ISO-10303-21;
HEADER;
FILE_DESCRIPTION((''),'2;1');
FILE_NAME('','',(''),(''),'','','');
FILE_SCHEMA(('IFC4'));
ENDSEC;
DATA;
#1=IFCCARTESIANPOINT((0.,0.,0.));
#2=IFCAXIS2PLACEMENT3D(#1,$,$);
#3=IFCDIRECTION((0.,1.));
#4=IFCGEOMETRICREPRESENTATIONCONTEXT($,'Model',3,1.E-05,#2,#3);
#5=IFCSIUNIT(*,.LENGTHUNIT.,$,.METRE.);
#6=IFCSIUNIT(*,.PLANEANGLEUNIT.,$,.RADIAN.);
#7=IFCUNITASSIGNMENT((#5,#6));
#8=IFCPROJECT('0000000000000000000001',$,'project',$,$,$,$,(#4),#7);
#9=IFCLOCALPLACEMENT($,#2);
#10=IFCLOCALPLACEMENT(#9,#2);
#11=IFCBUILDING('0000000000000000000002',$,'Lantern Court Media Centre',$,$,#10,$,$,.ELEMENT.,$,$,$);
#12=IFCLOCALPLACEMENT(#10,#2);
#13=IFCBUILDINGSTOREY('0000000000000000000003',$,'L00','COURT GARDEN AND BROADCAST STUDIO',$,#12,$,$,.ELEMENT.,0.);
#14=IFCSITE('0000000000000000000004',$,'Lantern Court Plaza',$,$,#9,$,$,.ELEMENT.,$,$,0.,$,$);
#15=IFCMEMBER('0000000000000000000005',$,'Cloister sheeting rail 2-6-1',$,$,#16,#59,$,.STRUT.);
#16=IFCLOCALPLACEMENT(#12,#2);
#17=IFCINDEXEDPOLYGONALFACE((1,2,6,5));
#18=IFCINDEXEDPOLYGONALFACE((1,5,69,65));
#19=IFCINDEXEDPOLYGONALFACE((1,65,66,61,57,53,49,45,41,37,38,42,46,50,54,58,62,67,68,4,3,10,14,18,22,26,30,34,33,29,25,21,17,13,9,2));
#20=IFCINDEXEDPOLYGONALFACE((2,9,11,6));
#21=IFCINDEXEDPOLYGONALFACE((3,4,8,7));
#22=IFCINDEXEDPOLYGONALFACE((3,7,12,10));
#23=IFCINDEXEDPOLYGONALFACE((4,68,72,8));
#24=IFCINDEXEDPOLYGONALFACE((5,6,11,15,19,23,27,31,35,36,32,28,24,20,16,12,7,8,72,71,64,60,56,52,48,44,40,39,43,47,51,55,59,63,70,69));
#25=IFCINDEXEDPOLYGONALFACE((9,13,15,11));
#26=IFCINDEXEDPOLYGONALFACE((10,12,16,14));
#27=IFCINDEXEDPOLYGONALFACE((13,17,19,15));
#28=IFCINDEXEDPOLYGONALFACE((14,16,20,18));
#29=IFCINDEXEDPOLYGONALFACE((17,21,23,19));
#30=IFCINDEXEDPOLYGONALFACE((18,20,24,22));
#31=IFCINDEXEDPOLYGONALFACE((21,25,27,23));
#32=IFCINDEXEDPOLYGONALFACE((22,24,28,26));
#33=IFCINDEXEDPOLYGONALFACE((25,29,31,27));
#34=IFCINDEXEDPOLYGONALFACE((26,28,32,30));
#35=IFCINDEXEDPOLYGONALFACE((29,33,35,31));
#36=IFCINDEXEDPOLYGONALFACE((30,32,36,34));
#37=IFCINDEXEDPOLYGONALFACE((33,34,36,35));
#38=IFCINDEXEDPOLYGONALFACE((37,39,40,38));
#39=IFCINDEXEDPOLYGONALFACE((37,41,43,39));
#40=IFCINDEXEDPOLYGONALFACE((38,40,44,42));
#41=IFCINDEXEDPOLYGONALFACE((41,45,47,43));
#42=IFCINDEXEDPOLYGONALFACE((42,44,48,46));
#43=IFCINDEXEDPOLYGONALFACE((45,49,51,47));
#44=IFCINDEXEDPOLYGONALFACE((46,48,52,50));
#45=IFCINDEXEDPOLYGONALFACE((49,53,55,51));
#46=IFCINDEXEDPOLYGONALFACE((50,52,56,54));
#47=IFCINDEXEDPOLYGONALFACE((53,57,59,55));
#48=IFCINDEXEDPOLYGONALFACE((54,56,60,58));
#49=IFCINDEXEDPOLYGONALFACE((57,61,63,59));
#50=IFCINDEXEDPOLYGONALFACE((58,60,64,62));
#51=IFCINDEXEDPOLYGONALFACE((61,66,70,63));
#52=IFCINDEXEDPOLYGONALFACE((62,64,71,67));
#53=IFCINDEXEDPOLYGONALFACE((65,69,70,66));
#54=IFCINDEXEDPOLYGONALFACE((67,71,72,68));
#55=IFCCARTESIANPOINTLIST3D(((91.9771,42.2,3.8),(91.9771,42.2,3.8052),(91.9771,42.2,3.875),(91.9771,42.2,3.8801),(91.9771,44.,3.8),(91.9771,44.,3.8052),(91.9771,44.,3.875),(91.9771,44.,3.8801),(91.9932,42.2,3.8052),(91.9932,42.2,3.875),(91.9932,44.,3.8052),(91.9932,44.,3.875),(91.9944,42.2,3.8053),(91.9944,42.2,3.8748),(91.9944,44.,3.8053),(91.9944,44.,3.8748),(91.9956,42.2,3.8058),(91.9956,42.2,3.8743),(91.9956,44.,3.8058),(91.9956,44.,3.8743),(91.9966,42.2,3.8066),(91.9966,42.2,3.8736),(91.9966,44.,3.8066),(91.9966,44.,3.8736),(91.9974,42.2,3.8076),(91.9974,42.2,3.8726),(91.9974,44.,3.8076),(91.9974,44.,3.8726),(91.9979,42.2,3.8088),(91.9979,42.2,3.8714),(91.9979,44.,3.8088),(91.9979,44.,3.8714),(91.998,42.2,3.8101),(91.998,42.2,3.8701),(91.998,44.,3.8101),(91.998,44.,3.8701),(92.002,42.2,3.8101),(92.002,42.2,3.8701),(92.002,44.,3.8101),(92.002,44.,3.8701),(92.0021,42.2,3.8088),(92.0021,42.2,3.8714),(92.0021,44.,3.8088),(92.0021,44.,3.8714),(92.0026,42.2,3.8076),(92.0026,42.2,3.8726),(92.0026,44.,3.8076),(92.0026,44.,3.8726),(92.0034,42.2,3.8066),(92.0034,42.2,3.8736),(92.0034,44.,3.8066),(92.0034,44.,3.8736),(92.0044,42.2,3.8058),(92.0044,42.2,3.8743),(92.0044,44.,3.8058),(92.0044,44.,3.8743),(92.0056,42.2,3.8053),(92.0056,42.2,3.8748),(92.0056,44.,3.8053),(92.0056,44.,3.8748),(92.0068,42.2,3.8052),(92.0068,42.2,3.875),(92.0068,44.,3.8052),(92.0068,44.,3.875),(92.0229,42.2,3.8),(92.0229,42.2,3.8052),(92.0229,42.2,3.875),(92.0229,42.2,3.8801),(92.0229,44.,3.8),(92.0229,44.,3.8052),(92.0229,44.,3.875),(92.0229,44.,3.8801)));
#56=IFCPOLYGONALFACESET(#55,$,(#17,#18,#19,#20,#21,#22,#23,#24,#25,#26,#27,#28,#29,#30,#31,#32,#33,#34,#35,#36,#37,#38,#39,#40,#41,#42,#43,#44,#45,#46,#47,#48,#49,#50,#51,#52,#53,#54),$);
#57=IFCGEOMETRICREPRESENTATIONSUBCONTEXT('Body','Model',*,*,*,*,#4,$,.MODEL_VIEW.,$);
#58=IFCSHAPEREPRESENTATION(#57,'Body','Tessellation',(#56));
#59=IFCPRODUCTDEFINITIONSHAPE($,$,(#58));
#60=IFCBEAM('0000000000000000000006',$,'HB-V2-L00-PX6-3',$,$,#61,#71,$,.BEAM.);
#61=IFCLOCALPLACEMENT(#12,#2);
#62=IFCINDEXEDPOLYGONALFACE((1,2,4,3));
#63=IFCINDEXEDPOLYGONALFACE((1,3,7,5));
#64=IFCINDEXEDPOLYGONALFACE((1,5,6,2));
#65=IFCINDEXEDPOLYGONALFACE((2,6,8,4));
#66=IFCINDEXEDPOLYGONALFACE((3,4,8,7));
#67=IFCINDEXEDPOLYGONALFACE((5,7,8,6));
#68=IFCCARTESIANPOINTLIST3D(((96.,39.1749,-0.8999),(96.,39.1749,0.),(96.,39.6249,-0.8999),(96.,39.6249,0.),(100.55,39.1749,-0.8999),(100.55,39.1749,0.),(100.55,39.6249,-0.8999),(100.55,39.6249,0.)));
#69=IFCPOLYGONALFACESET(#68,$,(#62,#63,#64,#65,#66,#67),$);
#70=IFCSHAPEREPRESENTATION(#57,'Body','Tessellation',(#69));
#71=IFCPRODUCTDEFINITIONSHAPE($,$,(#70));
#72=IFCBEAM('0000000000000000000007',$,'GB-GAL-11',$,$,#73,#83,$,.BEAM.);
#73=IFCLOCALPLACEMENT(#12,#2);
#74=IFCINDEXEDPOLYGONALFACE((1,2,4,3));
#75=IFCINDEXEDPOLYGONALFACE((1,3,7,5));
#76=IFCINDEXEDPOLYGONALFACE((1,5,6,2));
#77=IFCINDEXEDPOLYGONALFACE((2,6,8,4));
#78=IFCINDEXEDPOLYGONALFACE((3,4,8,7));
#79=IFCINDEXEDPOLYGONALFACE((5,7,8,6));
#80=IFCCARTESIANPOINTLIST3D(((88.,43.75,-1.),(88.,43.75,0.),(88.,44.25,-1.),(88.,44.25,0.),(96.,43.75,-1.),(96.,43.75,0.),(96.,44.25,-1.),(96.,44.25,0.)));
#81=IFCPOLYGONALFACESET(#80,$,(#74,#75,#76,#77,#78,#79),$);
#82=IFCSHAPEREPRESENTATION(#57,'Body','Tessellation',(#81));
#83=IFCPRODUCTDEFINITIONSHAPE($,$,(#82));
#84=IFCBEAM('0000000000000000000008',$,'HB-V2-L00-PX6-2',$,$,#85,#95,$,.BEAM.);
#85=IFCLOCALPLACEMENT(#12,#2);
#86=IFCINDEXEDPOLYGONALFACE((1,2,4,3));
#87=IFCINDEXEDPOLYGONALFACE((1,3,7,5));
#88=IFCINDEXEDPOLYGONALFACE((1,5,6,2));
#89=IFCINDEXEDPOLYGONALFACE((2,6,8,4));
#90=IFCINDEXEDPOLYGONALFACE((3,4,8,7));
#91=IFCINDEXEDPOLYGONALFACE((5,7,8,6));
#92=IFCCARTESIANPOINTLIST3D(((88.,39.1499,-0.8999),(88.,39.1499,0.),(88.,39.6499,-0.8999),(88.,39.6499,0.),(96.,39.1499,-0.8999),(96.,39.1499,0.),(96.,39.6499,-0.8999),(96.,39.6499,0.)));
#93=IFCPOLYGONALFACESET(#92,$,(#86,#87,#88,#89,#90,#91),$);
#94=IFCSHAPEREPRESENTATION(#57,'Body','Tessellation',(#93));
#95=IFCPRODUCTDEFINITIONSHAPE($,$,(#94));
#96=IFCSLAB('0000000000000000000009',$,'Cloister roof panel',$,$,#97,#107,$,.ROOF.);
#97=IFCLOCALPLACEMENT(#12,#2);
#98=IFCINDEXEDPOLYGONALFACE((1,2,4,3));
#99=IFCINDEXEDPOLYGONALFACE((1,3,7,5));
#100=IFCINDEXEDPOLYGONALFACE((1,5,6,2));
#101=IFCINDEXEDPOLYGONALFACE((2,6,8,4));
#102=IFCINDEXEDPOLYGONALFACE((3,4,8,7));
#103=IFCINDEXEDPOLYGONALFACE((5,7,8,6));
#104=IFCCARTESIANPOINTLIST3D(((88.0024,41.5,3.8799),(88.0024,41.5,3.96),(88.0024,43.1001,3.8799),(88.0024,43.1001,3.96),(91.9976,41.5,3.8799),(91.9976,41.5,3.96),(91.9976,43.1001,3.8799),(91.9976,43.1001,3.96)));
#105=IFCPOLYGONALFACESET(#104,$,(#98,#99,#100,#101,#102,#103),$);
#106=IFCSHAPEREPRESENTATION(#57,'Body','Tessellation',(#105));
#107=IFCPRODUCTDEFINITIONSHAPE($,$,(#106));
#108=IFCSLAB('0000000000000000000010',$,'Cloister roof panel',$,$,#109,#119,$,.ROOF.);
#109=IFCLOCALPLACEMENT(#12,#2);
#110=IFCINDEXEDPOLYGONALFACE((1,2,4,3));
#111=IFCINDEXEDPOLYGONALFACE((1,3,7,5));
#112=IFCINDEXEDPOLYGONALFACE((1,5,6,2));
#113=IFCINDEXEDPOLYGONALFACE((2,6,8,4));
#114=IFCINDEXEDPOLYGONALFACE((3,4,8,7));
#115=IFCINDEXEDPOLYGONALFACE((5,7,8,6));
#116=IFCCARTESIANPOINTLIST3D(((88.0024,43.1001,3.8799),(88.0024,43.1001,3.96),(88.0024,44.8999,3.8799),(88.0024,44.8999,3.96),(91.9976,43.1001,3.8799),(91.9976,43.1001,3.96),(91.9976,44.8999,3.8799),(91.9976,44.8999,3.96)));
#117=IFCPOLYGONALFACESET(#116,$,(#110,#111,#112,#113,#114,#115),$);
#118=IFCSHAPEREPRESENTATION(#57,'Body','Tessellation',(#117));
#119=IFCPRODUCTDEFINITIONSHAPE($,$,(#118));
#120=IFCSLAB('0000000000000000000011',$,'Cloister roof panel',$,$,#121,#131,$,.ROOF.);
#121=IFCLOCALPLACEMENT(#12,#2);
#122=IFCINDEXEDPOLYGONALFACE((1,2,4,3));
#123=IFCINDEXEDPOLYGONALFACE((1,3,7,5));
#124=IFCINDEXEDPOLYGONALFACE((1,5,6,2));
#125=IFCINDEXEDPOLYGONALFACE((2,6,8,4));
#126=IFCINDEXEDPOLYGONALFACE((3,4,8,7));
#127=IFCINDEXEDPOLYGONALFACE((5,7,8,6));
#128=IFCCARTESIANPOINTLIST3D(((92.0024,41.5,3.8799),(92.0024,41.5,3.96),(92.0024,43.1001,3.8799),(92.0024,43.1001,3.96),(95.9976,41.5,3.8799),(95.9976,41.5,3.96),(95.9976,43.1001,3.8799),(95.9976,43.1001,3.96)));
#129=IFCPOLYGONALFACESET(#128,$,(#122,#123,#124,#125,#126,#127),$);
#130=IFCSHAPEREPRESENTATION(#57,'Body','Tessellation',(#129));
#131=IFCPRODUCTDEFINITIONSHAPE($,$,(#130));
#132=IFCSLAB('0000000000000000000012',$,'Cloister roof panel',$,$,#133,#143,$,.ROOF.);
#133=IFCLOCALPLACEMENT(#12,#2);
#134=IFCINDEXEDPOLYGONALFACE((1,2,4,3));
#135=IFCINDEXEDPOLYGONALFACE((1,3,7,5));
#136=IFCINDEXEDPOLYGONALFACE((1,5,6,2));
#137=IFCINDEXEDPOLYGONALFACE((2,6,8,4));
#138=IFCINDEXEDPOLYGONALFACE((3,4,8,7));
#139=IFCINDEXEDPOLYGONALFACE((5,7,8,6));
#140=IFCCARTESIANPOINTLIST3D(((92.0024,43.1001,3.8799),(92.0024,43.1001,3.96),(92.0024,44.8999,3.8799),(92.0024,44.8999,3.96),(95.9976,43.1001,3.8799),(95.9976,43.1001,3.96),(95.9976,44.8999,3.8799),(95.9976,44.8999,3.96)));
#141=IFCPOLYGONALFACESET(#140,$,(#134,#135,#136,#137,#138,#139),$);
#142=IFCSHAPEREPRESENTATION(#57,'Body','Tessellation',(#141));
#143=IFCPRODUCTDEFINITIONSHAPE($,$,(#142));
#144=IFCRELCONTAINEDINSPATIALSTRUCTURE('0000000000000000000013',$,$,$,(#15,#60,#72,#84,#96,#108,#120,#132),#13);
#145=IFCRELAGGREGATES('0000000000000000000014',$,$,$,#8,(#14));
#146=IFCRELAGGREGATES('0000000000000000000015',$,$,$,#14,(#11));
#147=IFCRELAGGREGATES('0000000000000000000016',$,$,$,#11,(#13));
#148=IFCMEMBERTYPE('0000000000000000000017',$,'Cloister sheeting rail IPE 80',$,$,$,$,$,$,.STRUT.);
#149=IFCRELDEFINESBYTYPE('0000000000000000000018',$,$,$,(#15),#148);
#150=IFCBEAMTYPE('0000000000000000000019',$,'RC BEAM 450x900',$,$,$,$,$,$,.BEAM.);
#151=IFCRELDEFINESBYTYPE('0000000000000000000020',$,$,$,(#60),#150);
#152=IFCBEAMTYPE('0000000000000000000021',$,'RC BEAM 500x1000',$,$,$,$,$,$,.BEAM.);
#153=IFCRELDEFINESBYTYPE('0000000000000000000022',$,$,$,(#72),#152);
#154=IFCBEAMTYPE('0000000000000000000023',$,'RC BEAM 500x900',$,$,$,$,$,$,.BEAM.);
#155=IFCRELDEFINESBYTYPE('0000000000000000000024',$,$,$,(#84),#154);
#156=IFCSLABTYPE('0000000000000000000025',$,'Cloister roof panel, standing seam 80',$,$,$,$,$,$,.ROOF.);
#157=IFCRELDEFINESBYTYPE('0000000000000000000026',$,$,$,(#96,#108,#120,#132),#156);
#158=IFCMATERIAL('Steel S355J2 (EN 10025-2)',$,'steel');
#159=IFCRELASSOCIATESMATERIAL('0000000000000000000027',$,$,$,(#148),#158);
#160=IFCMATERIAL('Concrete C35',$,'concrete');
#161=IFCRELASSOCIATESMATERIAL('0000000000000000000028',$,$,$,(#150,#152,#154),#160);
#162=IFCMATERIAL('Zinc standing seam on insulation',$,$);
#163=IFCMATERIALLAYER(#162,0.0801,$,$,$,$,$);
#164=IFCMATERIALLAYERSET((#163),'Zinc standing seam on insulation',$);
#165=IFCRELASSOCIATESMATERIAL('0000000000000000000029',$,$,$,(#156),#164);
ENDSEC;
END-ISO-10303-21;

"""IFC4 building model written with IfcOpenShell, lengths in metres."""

from ifc_helpers import new_model, si_unit, direction, frame, origin, origin_2d, place, context, subcontext, project, spatial, polyline, rectangle, i_section, outline, extrude, material, layer, layer_set, material_profile, profile_set, type_object, element, save


model = new_model("IFC4")

# Units and contexts
model_context = context("Model", 3, precision=1e-05, world=origin(), true_north=direction((0.0, 1.0)))
body_context = subcontext(model_context, "Body", "Model", "MODEL_VIEW")
ifc_project = project(units=[si_unit("LENGTHUNIT", "METRE"), si_unit("PLANEANGLEUNIT", "RADIAN")], contexts=[model_context])

# Site, building, storey
site_placement = place(None, origin())
site = spatial("IfcSite", under=ifc_project, at=site_placement, Name="Lantern Court Plaza", CompositionType="ELEMENT", RefElevation=0.0)
building_placement = place(site_placement, origin())
building = spatial("IfcBuilding", under=site, at=building_placement, Name="Lantern Court Media Centre", CompositionType="ELEMENT")
storey_placement = place(building_placement, origin())
storey = spatial("IfcBuildingStorey", under=building, at=storey_placement, Name="L00", Description="COURT GARDEN AND BROADCAST STUDIO", CompositionType="ELEMENT", Elevation=0.0)

# Shared definitions
ifc_material_1 = material(Name="Steel S355J2 (EN 10025-2)", Category="steel")

# Member
ifc_material_profile_1 = material_profile(ifc_material_1, i_section(OverallWidth=0.0459, OverallDepth=0.0801, WebThickness=0.0039, FlangeThickness=0.0051, FilletRadius=0.0049, at=origin_2d()), Name="IPE 80")
ifc_profile_set_1 = profile_set([ifc_material_profile_1], Name="Steel S355J2 (EN 10025-2)")
member_type_1 = type_object("IfcMemberType", Name="Cloister sheeting rail IPE 80", PredefinedType="STRUT", material=ifc_profile_set_1)
for number, where, z_axis, x_axis, name in (
    (1, (92.0, 42.2, 3.8401), (0.0, 1.0, 0.0), (-1.0, 0.0, 0.0), "Cloister sheeting rail 2-6-1"),
):
    element("IfcMember", number, at=place(storey_placement, frame(where, z_axis=z_axis, x_axis=x_axis)), inside=storey, type_object=member_type_1, Name=name, PredefinedType="STRUT", context=body_context, shape_type="SweptSolid", body=[
        extrude(i_section(OverallWidth=0.0459, OverallDepth=0.0801, WebThickness=0.0039, FlangeThickness=0.0051, FilletRadius=0.0049, at=origin_2d()), origin(), (0.0, 0.0, 1.0), 1.8),
    ])

# Beams
ifc_material_2 = material(Name="Concrete C35", Category="concrete")
ifc_material_profile_2 = material_profile(ifc_material_2, rectangle(XDim=0.45, YDim=0.8999, at=origin_2d()), Name="RC 450x900")
ifc_profile_set_2 = profile_set([ifc_material_profile_2], Name="Concrete C35")
beam_type_1 = type_object("IfcBeamType", Name="RC BEAM 450x900", PredefinedType="BEAM", material=ifc_profile_set_2)
beam_1_placement = place(storey_placement, frame((96.0, 39.3999, -0.45), z_axis=(1.0, 0.0, 0.0), x_axis=(0.0, 1.0, 0.0)))
element("IfcBeam", 2, at=beam_1_placement, inside=storey, type_object=beam_type_1, Name="HB-V2-L00-PX6-3", PredefinedType="BEAM", context=body_context, shape_type="SweptSolid", body=[
    extrude(rectangle(XDim=0.45, YDim=0.8999, at=origin_2d()), origin(), (0.0, 0.0, 1.0), 4.55),
])
ifc_material_profile_3 = material_profile(ifc_material_2, rectangle(XDim=0.5, YDim=1.0, at=origin_2d()), Name="RC 500x1000")
ifc_profile_set_3 = profile_set([ifc_material_profile_3], Name="Concrete C35")
beam_type_2 = type_object("IfcBeamType", Name="RC BEAM 500x1000", PredefinedType="BEAM", material=ifc_profile_set_3)
beam_2_placement = place(storey_placement, frame((88.0, 44.0, -0.5), z_axis=(1.0, 0.0, 0.0), x_axis=(0.0, 1.0, 0.0)))
element("IfcBeam", 3, at=beam_2_placement, inside=storey, type_object=beam_type_2, Name="GB-GAL-11", PredefinedType="BEAM", context=body_context, shape_type="SweptSolid", body=[
    extrude(rectangle(XDim=0.5, YDim=1.0, at=origin_2d()), origin(), (0.0, 0.0, 1.0), 8.0),
])
ifc_material_profile_4 = material_profile(ifc_material_2, rectangle(XDim=0.5, YDim=0.8999, at=origin_2d()), Name="RC 500x900")
ifc_profile_set_4 = profile_set([ifc_material_profile_4], Name="Concrete C35")
beam_type_3 = type_object("IfcBeamType", Name="RC BEAM 500x900", PredefinedType="BEAM", material=ifc_profile_set_4)
beam_3_placement = place(storey_placement, frame((88.0, 39.3999, -0.45), z_axis=(1.0, 0.0, 0.0), x_axis=(0.0, 1.0, 0.0)))
element("IfcBeam", 4, at=beam_3_placement, inside=storey, type_object=beam_type_3, Name="HB-V2-L00-PX6-2", PredefinedType="BEAM", context=body_context, shape_type="SweptSolid", body=[
    extrude(rectangle(XDim=0.5, YDim=0.8999, at=origin_2d()), origin(), (0.0, 0.0, 1.0), 8.0),
])

# Slabs
ifc_material_3 = material(Name="Zinc standing seam on insulation")
ifc_layer = layer(ifc_material_3, 0.0801)
ifc_layer_set = layer_set([ifc_layer], Name="Zinc standing seam on insulation")
slab_type = type_object("IfcSlabType", Name="Cloister roof panel, standing seam 80", PredefinedType="ROOF", material=ifc_layer_set)
slab_1_placement = place(storey_placement, frame((88.0024, 41.5, 3.96), z_axis=(0.0, 0.0, 1.0), x_axis=(1.0, 0.0, 0.0)))
element("IfcSlab", 5, at=slab_1_placement, inside=storey, type_object=slab_type, Name="Cloister roof panel", PredefinedType="ROOF", context=body_context, shape_type="SweptSolid", body=[
    extrude(outline(polyline([(0.0, 0.0), (3.9951, 0.0), (3.9951, 1.6001), (0.0, 1.6001), (0.0, 0.0)])), origin(), (0.0, 0.0, -1.0), 0.0801),
])
slab_2_placement = place(storey_placement, frame((88.0024, 43.1001, 3.96), z_axis=(0.0, 0.0, 1.0), x_axis=(1.0, 0.0, 0.0)))
element("IfcSlab", 6, at=slab_2_placement, inside=storey, type_object=slab_type, Name="Cloister roof panel", PredefinedType="ROOF", context=body_context, shape_type="SweptSolid", body=[
    extrude(outline(polyline([(0.0, 0.0), (3.9951, 0.0), (3.9951, 1.7998), (0.0, 1.7998), (0.0, 0.0)])), origin(), (0.0, 0.0, -1.0), 0.0801),
])
slab_3_placement = place(storey_placement, frame((92.0024, 41.5, 3.96), z_axis=(0.0, 0.0, 1.0), x_axis=(1.0, 0.0, 0.0)))
element("IfcSlab", 7, at=slab_3_placement, inside=storey, type_object=slab_type, Name="Cloister roof panel", PredefinedType="ROOF", context=body_context, shape_type="SweptSolid", body=[
    extrude(outline(polyline([(0.0, 0.0), (3.9951, 0.0), (3.9951, 1.6001), (0.0, 1.6001), (0.0, 0.0)])), origin(), (0.0, 0.0, -1.0), 0.0801),
])
slab_4_placement = place(storey_placement, frame((92.0024, 43.1001, 3.96), z_axis=(0.0, 0.0, 1.0), x_axis=(1.0, 0.0, 0.0)))
element("IfcSlab", 8, at=slab_4_placement, inside=storey, type_object=slab_type, Name="Cloister roof panel", PredefinedType="ROOF", context=body_context, shape_type="SweptSolid", body=[
    extrude(outline(polyline([(0.0, 0.0), (3.9951, 0.0), (3.9951, 1.7998), (0.0, 1.7998), (0.0, 0.0)])), origin(), (0.0, 0.0, -1.0), 0.0801),
])

save(model, "model.ifc")
